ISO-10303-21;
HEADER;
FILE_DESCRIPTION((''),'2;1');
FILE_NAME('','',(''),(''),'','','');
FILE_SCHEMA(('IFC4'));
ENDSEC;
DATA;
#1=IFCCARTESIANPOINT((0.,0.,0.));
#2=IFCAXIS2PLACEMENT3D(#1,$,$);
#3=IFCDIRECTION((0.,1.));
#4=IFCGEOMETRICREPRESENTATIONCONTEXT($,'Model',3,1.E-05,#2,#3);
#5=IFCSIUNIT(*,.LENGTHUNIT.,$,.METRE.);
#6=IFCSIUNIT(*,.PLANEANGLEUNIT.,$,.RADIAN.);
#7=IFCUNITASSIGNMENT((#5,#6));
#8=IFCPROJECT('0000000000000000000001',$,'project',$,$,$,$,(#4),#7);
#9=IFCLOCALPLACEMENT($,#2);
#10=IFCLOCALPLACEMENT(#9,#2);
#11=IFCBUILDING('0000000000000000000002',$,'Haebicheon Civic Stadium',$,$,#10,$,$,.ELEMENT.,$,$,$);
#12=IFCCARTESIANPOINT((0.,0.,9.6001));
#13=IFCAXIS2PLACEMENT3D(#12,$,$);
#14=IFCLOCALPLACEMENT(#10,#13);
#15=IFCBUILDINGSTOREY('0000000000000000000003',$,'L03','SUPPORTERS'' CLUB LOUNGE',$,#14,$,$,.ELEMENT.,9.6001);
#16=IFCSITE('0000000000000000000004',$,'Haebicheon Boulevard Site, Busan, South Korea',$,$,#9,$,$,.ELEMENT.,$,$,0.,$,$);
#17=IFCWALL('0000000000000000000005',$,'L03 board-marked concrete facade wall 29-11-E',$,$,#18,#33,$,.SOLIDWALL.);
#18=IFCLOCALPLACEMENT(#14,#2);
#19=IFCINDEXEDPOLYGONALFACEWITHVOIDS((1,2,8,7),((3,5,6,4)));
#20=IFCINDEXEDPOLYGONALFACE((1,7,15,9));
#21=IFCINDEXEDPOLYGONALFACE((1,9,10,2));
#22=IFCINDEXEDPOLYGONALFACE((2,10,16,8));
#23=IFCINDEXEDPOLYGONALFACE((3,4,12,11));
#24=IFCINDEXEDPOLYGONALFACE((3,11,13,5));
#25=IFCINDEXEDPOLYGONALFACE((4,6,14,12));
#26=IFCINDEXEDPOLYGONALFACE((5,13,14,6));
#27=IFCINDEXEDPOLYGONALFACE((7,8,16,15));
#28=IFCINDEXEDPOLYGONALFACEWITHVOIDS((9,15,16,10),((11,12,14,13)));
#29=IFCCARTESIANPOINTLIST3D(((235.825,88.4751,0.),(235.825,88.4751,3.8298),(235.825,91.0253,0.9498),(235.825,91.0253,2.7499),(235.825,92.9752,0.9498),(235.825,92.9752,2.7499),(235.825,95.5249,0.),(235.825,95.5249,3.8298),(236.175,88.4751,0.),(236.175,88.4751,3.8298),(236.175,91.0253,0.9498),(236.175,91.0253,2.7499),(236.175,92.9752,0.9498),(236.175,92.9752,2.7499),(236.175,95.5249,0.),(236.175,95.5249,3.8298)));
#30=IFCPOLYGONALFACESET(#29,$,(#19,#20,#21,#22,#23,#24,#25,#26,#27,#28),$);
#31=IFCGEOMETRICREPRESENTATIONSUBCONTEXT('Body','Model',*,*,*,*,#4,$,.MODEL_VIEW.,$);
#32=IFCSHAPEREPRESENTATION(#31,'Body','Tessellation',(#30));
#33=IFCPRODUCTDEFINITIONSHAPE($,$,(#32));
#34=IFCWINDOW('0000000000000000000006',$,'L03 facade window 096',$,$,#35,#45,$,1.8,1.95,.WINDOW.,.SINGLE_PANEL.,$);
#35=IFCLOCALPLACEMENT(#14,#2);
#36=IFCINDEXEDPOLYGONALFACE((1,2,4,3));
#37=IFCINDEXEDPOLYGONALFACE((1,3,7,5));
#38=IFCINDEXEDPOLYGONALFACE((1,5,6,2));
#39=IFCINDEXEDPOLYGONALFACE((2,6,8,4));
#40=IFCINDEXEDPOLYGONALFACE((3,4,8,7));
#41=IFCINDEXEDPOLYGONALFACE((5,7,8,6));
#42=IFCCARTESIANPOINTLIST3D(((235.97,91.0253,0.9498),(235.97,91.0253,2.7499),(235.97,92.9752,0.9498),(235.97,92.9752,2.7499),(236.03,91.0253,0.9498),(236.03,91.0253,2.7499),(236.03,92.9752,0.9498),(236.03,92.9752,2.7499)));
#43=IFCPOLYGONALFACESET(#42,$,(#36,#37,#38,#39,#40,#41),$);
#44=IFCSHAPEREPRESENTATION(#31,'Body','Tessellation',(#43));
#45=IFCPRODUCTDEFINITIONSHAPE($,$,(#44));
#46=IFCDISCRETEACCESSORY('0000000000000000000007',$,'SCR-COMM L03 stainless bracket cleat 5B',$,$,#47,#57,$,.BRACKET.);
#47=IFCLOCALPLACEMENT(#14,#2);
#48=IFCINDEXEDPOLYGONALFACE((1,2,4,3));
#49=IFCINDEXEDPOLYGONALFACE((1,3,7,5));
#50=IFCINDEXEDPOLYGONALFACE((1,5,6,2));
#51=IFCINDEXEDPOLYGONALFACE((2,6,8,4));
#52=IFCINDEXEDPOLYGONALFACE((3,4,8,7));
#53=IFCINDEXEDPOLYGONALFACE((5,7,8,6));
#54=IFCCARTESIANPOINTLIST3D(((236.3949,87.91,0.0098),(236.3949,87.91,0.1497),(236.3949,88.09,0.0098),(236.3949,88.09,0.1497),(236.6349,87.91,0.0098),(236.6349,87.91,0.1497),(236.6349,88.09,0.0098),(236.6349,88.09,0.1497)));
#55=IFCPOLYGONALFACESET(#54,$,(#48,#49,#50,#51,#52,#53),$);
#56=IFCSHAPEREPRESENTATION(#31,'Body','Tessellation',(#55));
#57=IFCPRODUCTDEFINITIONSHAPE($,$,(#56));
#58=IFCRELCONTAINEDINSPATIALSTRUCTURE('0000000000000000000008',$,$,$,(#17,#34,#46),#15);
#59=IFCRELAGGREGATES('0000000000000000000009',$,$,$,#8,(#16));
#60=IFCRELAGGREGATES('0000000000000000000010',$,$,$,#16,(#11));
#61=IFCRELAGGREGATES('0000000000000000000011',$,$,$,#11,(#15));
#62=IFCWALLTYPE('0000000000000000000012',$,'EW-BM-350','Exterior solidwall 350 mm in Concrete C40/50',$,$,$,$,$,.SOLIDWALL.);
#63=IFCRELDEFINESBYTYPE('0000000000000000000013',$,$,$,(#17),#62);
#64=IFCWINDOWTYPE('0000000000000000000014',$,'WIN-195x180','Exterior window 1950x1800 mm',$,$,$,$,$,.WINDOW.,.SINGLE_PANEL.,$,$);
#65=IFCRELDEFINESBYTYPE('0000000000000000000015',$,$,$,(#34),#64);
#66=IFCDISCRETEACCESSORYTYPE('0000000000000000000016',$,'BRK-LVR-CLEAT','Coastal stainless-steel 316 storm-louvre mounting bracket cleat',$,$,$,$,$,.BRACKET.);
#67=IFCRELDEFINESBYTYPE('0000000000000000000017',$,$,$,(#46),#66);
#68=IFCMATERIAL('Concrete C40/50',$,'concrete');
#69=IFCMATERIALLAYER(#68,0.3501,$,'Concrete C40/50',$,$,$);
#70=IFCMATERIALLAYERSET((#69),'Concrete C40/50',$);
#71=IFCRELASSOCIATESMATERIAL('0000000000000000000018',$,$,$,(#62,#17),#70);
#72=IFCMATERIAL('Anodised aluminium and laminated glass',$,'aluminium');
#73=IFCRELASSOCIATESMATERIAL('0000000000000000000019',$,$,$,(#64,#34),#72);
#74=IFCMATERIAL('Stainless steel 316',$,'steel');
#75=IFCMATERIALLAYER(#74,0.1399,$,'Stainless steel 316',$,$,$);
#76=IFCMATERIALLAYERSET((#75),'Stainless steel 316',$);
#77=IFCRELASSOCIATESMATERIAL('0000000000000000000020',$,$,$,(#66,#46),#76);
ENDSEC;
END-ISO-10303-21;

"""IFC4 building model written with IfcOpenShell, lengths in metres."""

from ifc_helpers import new_model, si_unit, direction, frame, frame_2d, origin, origin_2d, place, context, subcontext, project, spatial, rectangle, extrude, material, layer, layer_set, type_object, element, fill, save


model = new_model("IFC4")

# Units and contexts
model_context = context("Model", 3, precision=1e-05, world=origin(), true_north=direction((0.0, 1.0)))
body_context = subcontext(model_context, "Body", "Model", "MODEL_VIEW")
ifc_project = project(units=[si_unit("LENGTHUNIT", "METRE"), si_unit("PLANEANGLEUNIT", "RADIAN")], contexts=[model_context])

# Site, building, storey
site_placement = place(None, origin())
site = spatial("IfcSite", under=ifc_project, at=site_placement, Name="Haebicheon Boulevard Site, Busan, South Korea", CompositionType="ELEMENT", RefElevation=0.0)
building_placement = place(site_placement, origin())
building = spatial("IfcBuilding", under=site, at=building_placement, Name="Haebicheon Civic Stadium", CompositionType="ELEMENT")
storey_placement = place(building_placement, frame((0.0, 0.0, 9.6001)))
storey = spatial("IfcBuildingStorey", under=building, at=storey_placement, Name="L03", Description="SUPPORTERS' CLUB LOUNGE", CompositionType="ELEMENT", Elevation=9.6001)

# Shared definitions
ifc_material_1 = material(Name="Concrete C40/50", Category="concrete")
ifc_layer_1 = layer(ifc_material_1, 0.3501, Name="Concrete C40/50")
ifc_layer_set_1 = layer_set([ifc_layer_1], Name="Concrete C40/50")
wall_type = type_object("IfcWallType", Name="EW-BM-350", Description="Exterior solidwall 350 mm in Concrete C40/50", PredefinedType="SOLIDWALL", material=ifc_layer_set_1)

# Wall, opening, window
wall_1_placement = place(storey_placement, frame((236.0, 88.4751, 0.0), z_axis=(0.0, 0.0, 1.0), x_axis=(0.0, 1.0, 0.0)))
wall_1 = element("IfcWall", 1, at=wall_1_placement, inside=storey, type_object=wall_type, material=ifc_layer_set_1, Name="L03 board-marked concrete facade wall 29-11-E", PredefinedType="SOLIDWALL", context=body_context, shape_type="SweptSolid", body=[
    extrude(rectangle(XDim=7.0498, YDim=0.3501, at=frame_2d((3.5249, 0.0))), origin(), (0.0, 0.0, 1.0), 3.8298),
])
opening_placement = place(wall_1_placement, frame((2.55, 0.0, 0.95)))
opening = element("IfcOpeningElement", 2, at=opening_placement, cuts=wall_1, PredefinedType="OPENING", context=body_context, shape_type="SweptSolid", body=[
    extrude(rectangle(XDim=1.95, YDim=1.8, at=frame_2d((0.9751, 0.8999))), frame((0.0, 0.1851, 0.0), z_axis=(0.0, -1.0, 0.0), x_axis=(1.0, 0.0, 0.0)), (0.0, 0.0, 1.0), 0.3701),
])
ifc_material_2 = material(Name="Anodised aluminium and laminated glass", Category="aluminium")
window_type = type_object("IfcWindowType", Name="WIN-195x180", Description="Exterior window 1950x1800 mm", PartitioningType="SINGLE_PANEL", PredefinedType="WINDOW", material=ifc_material_2)
window_placement = place(opening_placement, origin())
window = element("IfcWindow", 3, at=window_placement, inside=storey, type_object=window_type, material=ifc_material_2, Name="L03 facade window 096", OverallHeight=1.8, OverallWidth=1.95, PartitioningType="SINGLE_PANEL", PredefinedType="WINDOW", context=body_context, shape_type="SweptSolid", body=[
    extrude(rectangle(XDim=1.95, YDim=1.8, at=frame_2d((0.9751, 0.8999))), frame((0.0, 0.03, 0.0), z_axis=(0.0, -1.0, 0.0), x_axis=(1.0, 0.0, 0.0)), (0.0, 0.0, 1.0), 0.0601),
])
fill(opening, window)

# Discrete accessory
ifc_material_3 = material(Name="Stainless steel 316", Category="steel")
ifc_layer_2 = layer(ifc_material_3, 0.1399, Name="Stainless steel 316")
ifc_layer_set_2 = layer_set([ifc_layer_2], Name="Stainless steel 316")
discrete_accessory_type = type_object("IfcDiscreteAccessoryType", Name="BRK-LVR-CLEAT", Description="Coastal stainless-steel 316 storm-louvre mounting bracket cleat", PredefinedType="BRACKET", material=ifc_layer_set_2)
discrete_accessory_placement = place(storey_placement, frame((236.5149, 88.0, 0.0098), z_axis=(0.0, 0.0, 1.0), x_axis=(1.0, 0.0, 0.0)))
element("IfcDiscreteAccessory", 4, at=discrete_accessory_placement, inside=storey, type_object=discrete_accessory_type, material=ifc_layer_set_2, Name="SCR-COMM L03 stainless bracket cleat 5B", PredefinedType="BRACKET", context=body_context, shape_type="SweptSolid", body=[
    extrude(rectangle(XDim=0.24, YDim=0.1799, at=origin_2d()), origin(), (0.0, 0.0, 1.0), 0.1399),
])

save(model, "model.ifc")
